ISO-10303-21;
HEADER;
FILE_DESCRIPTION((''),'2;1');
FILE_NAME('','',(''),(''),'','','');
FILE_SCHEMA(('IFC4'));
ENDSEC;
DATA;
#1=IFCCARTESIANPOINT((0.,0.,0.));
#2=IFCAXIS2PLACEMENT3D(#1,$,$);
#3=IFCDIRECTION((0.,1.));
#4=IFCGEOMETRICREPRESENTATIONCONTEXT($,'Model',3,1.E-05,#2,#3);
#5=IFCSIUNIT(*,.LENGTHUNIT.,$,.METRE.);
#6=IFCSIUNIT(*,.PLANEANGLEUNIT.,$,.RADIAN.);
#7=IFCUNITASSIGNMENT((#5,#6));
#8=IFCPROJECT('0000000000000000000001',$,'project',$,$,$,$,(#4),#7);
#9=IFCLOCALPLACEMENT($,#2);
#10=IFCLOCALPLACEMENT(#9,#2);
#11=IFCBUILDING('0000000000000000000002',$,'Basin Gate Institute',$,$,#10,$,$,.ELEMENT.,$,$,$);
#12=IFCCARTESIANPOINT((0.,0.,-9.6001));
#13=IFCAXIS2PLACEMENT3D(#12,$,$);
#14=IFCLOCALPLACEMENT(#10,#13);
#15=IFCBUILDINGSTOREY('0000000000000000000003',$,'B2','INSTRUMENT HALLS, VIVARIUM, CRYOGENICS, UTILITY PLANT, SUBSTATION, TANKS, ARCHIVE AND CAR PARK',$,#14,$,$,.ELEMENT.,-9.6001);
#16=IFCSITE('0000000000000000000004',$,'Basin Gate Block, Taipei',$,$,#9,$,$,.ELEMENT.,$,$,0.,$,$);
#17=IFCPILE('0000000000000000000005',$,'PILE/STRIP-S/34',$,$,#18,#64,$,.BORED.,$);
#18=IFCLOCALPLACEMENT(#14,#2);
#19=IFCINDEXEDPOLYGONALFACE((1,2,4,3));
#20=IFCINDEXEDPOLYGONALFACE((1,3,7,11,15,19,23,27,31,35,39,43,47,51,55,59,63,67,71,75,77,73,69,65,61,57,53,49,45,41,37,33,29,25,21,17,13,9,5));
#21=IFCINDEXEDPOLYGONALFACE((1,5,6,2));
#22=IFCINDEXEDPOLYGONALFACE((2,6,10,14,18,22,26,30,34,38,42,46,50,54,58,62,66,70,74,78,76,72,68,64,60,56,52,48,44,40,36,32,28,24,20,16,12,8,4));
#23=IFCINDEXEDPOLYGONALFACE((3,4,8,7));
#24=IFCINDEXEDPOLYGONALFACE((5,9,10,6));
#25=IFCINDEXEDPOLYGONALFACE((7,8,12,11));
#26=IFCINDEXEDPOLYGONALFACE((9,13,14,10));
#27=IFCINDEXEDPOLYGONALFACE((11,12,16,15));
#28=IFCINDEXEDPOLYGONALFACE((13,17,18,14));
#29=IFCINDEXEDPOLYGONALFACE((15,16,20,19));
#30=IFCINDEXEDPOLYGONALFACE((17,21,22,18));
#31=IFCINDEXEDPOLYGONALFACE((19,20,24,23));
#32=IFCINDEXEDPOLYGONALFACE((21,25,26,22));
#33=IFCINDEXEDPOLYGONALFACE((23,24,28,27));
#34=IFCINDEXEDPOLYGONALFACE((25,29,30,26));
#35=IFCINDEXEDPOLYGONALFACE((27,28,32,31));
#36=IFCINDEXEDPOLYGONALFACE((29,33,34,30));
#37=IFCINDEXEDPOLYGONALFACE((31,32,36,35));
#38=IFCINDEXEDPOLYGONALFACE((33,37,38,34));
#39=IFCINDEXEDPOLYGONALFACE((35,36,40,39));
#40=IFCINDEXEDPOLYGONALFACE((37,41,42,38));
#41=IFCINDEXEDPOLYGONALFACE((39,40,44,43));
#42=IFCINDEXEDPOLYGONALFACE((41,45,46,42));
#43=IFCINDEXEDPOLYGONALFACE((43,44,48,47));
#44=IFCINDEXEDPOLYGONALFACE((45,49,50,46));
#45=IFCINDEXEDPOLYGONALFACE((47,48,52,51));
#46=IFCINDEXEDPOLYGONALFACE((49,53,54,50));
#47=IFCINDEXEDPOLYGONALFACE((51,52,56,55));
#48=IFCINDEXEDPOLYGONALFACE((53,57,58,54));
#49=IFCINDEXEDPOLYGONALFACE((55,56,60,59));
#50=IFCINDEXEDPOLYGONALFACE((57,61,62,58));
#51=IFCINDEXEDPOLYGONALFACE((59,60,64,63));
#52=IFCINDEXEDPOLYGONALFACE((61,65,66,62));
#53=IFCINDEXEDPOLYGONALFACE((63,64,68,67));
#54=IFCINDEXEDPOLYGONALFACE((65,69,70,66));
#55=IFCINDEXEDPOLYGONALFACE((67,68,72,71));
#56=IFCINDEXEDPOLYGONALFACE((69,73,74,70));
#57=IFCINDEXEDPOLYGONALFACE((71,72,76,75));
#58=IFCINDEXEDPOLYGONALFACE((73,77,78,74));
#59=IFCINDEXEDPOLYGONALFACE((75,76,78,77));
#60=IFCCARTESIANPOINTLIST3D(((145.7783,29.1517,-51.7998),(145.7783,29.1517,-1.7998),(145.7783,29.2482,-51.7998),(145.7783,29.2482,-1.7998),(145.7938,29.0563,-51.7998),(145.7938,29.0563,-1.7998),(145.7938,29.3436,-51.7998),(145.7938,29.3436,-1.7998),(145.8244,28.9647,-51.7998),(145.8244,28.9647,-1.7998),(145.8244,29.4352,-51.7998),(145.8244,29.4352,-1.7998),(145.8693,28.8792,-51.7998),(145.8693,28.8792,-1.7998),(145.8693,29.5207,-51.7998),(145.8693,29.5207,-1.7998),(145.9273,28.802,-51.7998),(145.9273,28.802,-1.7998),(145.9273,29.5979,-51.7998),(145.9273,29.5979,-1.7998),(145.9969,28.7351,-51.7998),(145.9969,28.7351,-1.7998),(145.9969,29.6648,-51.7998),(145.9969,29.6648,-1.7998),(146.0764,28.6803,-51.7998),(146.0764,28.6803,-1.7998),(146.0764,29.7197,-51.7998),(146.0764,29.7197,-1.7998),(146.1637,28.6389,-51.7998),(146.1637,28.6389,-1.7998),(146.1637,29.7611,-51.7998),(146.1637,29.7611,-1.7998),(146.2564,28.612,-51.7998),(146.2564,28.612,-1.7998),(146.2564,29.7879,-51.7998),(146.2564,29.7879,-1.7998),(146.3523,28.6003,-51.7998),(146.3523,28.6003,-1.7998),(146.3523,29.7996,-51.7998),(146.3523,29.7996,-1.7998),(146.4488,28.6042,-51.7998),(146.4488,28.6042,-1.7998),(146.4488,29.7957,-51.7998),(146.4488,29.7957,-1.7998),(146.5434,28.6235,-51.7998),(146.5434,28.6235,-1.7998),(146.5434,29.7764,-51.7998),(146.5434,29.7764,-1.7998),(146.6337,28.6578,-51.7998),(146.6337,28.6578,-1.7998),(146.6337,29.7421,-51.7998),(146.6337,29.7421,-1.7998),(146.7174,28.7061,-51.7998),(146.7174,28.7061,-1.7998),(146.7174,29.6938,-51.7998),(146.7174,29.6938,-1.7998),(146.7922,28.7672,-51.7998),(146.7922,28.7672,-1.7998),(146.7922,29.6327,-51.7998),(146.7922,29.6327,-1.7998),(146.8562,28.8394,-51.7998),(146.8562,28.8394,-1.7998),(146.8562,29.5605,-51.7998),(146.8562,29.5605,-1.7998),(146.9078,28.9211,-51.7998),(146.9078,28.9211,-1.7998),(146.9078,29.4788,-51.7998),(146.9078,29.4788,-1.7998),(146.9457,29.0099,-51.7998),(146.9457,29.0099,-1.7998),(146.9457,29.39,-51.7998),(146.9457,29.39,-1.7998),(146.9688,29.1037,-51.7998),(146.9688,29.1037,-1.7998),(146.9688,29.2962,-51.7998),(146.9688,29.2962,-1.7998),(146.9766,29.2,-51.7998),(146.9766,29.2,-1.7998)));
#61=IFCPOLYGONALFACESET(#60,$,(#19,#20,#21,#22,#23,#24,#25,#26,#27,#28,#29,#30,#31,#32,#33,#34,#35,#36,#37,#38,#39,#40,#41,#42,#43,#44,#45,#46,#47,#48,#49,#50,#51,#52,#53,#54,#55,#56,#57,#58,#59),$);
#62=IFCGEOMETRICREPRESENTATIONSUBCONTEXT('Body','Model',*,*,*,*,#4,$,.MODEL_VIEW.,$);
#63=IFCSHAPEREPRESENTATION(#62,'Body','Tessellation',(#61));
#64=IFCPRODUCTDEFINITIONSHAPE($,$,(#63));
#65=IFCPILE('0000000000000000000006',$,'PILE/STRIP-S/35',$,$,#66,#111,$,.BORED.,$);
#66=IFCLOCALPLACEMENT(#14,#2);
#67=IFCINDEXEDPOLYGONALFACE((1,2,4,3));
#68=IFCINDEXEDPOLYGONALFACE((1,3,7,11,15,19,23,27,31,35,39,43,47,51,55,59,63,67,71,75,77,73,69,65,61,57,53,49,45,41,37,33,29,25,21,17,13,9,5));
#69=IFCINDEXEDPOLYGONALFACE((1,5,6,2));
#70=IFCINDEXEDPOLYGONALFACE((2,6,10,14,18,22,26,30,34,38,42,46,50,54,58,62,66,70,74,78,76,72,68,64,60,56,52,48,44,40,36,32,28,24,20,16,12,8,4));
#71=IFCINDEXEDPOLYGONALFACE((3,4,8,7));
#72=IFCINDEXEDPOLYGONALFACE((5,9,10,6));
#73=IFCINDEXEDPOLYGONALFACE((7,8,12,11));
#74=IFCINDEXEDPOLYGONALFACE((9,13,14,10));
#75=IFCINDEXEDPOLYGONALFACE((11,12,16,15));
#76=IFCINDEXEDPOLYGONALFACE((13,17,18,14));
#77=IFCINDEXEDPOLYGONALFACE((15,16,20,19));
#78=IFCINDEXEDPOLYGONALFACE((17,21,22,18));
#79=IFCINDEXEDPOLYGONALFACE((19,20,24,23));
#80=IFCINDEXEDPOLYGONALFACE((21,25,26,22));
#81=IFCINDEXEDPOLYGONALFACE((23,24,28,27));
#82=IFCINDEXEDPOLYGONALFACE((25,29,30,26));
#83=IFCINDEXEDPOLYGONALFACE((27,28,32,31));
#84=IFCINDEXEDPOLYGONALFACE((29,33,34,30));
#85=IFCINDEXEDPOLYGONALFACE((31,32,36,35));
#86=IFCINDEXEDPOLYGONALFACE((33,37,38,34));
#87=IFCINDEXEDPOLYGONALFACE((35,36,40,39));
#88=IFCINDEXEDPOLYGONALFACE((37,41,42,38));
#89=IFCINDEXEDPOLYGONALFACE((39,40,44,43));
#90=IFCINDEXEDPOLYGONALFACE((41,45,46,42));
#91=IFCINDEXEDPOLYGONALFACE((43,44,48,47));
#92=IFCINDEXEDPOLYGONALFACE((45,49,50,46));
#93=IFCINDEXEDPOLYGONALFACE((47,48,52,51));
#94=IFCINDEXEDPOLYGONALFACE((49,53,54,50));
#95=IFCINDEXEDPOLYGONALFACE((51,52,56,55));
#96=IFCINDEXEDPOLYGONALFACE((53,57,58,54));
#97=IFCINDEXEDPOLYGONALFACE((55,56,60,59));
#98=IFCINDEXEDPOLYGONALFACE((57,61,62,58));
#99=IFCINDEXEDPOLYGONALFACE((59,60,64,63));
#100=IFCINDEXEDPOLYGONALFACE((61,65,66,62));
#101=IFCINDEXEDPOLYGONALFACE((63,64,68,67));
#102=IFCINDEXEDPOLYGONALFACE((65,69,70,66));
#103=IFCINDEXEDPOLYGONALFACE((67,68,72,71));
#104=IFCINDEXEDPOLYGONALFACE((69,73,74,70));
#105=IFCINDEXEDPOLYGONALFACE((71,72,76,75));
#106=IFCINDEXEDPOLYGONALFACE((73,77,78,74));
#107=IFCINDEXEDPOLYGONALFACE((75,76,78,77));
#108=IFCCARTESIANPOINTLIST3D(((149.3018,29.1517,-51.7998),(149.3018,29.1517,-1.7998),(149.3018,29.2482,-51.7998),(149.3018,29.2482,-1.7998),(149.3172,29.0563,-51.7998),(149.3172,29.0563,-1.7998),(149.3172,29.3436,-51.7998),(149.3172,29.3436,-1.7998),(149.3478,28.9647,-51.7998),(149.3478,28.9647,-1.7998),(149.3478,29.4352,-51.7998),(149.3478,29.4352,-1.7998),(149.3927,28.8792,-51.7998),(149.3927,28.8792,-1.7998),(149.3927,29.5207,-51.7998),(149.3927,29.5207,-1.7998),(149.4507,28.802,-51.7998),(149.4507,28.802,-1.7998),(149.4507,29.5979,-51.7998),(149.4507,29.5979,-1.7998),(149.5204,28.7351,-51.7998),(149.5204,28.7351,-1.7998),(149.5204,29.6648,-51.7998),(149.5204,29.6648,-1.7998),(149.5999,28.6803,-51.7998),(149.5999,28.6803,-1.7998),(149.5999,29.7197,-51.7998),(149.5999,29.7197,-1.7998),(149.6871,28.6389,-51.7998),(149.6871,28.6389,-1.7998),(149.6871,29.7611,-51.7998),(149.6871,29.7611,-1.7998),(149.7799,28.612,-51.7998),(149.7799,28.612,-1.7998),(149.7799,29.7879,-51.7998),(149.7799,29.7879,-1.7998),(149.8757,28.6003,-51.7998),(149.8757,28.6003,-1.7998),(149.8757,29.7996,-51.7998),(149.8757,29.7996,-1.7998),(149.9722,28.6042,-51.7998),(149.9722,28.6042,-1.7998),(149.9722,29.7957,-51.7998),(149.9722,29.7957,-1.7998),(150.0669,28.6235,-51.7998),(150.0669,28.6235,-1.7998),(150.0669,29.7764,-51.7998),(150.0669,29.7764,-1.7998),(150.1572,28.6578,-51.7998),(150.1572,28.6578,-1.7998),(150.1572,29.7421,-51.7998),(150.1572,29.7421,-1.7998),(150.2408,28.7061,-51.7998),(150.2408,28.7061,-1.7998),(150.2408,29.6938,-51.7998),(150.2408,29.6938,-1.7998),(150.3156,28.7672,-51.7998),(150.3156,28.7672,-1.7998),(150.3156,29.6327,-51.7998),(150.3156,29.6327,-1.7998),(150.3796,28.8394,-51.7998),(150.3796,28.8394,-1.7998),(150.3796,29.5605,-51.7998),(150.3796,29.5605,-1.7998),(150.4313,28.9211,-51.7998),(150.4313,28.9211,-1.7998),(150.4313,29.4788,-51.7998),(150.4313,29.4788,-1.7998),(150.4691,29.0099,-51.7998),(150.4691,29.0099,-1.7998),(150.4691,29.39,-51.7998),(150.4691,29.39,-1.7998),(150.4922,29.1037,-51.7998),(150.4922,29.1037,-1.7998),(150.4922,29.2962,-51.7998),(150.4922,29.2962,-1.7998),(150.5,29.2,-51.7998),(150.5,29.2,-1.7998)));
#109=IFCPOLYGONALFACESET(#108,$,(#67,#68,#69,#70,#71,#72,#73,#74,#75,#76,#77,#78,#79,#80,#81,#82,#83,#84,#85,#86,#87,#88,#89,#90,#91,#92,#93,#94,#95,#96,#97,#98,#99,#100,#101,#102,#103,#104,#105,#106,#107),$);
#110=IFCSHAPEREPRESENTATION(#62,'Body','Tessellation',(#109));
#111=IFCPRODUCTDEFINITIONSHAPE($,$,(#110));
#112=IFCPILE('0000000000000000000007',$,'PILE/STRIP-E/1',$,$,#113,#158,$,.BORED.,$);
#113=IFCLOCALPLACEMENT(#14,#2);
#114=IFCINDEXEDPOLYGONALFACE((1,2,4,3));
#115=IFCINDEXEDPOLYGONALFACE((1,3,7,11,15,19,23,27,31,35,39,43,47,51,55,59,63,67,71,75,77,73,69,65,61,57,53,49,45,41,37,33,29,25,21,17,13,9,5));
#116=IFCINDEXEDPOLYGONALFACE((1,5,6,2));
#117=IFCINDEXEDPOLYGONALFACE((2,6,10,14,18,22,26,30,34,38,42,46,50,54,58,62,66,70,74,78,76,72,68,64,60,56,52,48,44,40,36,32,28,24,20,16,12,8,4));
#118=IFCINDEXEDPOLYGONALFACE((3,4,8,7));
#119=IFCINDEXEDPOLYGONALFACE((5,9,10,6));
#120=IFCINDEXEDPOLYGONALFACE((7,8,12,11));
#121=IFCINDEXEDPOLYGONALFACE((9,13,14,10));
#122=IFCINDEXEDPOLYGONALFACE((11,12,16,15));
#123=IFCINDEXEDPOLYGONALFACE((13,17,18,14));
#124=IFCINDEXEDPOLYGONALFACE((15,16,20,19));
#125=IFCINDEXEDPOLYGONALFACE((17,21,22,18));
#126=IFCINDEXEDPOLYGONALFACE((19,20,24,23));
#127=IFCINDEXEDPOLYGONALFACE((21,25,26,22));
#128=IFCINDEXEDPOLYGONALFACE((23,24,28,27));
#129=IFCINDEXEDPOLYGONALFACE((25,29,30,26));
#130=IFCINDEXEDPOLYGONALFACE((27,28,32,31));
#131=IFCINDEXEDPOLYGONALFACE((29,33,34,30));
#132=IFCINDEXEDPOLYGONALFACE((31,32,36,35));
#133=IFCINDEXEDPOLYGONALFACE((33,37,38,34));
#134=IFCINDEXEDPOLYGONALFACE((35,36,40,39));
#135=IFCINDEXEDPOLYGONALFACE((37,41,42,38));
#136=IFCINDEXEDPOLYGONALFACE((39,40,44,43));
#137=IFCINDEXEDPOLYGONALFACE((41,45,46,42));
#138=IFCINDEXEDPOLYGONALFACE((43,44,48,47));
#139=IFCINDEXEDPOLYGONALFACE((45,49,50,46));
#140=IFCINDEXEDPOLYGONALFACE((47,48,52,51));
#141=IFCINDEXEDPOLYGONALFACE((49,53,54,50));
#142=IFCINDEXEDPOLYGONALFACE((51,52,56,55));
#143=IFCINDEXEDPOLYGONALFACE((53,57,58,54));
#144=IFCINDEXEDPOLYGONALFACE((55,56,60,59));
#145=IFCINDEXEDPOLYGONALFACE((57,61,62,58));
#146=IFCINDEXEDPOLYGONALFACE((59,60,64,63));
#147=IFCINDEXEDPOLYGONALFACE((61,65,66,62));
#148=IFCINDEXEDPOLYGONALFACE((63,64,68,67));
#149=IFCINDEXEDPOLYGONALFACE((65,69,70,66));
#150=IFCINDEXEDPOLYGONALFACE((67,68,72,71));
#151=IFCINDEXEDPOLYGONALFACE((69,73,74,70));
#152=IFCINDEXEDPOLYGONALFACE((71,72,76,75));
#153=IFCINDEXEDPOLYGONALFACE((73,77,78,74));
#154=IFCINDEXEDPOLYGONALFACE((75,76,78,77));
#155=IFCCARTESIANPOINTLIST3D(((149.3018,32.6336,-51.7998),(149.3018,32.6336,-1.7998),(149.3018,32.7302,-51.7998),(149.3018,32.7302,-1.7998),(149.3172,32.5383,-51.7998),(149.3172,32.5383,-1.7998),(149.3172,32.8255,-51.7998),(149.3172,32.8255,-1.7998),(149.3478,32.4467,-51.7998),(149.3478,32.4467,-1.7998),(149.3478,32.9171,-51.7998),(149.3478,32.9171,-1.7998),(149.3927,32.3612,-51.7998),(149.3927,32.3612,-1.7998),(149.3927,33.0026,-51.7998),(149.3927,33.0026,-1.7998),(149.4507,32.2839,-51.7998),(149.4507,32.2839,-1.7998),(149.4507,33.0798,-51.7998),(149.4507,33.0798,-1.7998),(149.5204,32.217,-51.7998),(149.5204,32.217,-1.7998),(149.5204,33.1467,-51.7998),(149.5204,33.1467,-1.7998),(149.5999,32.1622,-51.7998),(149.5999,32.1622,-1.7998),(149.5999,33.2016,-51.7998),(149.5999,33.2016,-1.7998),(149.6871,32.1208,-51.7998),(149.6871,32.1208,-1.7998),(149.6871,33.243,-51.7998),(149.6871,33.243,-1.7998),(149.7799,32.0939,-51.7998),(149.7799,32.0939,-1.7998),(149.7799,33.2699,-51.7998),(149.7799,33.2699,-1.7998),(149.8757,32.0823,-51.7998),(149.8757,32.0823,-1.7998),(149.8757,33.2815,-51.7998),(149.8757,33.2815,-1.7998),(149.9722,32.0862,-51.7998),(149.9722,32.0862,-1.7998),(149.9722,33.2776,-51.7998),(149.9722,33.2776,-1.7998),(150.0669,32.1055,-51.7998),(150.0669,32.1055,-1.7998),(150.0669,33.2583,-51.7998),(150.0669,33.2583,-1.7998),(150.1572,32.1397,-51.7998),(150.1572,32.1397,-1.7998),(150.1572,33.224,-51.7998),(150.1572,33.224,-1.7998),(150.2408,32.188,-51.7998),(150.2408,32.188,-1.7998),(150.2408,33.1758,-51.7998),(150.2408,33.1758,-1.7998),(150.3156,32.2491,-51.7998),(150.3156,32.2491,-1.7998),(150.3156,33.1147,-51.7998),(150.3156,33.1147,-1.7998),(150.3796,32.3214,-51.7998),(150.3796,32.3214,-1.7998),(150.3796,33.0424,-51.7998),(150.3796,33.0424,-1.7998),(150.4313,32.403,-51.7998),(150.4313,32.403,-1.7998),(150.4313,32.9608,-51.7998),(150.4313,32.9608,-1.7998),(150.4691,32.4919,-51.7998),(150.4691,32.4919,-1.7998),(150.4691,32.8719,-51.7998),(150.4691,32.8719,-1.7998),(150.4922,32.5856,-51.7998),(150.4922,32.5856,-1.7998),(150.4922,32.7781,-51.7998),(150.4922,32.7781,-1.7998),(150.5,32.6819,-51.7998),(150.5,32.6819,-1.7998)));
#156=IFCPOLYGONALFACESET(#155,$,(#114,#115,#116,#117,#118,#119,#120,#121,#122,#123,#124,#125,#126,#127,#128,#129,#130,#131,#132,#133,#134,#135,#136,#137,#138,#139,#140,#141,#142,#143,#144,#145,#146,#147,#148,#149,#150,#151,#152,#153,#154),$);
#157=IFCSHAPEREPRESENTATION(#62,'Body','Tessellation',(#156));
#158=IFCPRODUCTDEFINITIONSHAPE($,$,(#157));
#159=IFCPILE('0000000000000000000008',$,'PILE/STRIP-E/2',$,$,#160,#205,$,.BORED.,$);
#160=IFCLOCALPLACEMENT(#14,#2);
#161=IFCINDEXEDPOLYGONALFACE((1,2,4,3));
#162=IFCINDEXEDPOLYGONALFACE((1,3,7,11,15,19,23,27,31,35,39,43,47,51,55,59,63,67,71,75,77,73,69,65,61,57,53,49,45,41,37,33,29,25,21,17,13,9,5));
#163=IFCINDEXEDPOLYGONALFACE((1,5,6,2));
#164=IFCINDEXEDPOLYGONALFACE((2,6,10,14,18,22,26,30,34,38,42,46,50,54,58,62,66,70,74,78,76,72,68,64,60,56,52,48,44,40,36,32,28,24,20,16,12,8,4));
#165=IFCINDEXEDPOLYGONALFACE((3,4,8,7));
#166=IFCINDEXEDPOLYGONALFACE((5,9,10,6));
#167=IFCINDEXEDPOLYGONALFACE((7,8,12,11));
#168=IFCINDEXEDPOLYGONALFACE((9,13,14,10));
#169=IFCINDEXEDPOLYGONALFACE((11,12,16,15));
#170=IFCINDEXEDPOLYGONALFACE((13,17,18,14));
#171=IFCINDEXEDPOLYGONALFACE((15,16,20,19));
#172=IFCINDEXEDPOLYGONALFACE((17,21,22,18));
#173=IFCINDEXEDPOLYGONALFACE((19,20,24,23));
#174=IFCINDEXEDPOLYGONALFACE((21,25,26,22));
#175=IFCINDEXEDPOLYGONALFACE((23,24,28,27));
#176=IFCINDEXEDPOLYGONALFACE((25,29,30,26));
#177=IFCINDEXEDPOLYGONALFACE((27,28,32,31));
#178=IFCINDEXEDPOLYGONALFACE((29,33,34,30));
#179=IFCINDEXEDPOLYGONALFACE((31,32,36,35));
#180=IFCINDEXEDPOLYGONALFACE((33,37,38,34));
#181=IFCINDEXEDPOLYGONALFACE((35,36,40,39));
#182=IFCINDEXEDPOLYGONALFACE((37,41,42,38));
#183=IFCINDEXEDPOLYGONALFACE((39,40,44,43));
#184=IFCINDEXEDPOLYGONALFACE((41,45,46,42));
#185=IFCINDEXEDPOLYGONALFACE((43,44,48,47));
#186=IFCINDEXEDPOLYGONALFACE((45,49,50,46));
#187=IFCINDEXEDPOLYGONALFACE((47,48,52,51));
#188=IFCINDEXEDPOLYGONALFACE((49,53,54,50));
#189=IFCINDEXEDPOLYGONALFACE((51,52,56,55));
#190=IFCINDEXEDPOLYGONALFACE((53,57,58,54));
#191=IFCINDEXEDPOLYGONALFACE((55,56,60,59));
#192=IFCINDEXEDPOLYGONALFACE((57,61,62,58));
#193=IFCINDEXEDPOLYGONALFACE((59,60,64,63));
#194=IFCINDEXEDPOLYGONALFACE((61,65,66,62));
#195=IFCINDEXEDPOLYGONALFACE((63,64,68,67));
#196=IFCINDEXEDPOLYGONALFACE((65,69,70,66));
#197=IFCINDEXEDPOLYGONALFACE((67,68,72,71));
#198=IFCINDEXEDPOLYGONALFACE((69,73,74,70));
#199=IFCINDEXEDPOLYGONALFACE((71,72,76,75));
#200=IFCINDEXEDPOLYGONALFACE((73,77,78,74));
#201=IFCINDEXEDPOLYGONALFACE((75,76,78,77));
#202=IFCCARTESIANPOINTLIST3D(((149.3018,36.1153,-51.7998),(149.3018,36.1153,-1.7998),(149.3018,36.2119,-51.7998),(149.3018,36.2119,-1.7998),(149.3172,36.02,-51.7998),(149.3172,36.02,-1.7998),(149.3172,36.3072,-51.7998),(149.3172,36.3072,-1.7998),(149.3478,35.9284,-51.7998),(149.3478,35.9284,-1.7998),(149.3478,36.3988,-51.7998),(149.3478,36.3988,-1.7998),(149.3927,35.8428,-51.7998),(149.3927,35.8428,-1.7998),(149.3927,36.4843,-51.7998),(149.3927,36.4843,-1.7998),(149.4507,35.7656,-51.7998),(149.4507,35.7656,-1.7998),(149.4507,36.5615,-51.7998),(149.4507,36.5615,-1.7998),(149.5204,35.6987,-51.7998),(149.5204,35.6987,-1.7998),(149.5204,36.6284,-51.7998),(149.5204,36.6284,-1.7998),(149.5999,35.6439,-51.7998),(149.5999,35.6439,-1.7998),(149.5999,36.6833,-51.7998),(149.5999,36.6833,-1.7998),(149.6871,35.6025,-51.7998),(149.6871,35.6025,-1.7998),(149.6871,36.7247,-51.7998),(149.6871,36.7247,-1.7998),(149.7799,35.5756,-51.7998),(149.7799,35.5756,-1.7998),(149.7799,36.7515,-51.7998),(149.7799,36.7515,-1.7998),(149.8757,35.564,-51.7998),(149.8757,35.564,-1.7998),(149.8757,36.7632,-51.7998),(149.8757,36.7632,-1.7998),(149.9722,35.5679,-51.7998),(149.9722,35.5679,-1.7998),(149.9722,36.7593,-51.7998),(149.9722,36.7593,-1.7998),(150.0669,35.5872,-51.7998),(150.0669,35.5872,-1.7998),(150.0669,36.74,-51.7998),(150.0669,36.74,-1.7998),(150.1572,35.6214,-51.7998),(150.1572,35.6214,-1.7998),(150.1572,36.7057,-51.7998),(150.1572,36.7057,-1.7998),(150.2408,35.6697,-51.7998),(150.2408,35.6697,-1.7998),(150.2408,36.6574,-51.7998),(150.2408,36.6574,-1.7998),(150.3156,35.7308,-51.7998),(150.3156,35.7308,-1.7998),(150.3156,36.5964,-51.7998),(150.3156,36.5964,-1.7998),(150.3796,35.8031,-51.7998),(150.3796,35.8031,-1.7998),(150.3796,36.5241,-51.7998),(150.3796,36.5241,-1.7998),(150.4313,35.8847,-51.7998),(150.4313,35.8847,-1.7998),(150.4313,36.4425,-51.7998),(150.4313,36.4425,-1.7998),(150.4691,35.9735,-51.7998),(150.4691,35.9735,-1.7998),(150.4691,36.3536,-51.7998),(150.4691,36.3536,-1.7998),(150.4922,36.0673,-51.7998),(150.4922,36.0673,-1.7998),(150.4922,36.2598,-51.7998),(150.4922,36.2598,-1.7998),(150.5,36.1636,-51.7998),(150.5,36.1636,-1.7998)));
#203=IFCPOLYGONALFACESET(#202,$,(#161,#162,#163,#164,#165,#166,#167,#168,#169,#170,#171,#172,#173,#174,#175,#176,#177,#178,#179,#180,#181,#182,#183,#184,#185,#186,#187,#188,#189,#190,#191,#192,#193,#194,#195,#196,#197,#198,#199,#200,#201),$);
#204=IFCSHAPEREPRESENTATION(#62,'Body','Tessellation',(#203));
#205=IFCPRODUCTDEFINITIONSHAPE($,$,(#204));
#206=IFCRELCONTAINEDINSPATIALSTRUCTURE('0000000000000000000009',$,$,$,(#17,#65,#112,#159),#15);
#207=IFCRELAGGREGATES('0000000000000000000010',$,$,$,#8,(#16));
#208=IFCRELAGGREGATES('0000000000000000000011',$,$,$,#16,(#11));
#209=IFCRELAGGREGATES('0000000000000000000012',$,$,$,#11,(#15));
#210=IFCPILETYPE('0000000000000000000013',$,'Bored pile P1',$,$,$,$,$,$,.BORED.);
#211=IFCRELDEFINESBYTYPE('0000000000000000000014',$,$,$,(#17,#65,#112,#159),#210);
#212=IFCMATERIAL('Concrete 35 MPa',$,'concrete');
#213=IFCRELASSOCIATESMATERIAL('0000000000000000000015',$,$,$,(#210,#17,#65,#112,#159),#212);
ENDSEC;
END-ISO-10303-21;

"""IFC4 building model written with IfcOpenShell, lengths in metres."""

from ifc_helpers import new_model, si_unit, direction, frame, origin, origin_2d, place, context, subcontext, project, spatial, circle, extrude, material, material_profile, profile_set, type_object, element, save


model = new_model("IFC4")

# Units and contexts
model_context = context("Model", 3, precision=1e-05, world=origin(), true_north=direction((0.0, 1.0)))
body_context = subcontext(model_context, "Body", "Model", "MODEL_VIEW")
ifc_project = project(units=[si_unit("LENGTHUNIT", "METRE"), si_unit("PLANEANGLEUNIT", "RADIAN")], contexts=[model_context])

# Site, building, storey
site_placement = place(None, origin())
site = spatial("IfcSite", under=ifc_project, at=site_placement, Name="Basin Gate Block, Taipei", CompositionType="ELEMENT", RefElevation=0.0)
building_placement = place(site_placement, origin())
building = spatial("IfcBuilding", under=site, at=building_placement, Name="Basin Gate Institute", CompositionType="ELEMENT")
storey_placement = place(building_placement, frame((0.0, 0.0, -9.6001)))
storey = spatial("IfcBuildingStorey", under=building, at=storey_placement, Name="B2", Description="INSTRUMENT HALLS, VIVARIUM, CRYOGENICS, UTILITY PLANT, SUBSTATION, TANKS, ARCHIVE AND CAR PARK", CompositionType="ELEMENT", Elevation=-9.6001)

# Piles
ifc_material_1 = material(Name="Concrete 35 MPa", Category="concrete")
ifc_material_profile_1 = material_profile(ifc_material_1, circle(Radius=0.6001, at=origin_2d()), Name="Bored pile P1 1200 dia")
ifc_profile_set_1 = profile_set([ifc_material_profile_1], Name="Concrete 35 MPa")
pile_type = type_object("IfcPileType", Name="Bored pile P1", PredefinedType="BORED", material=ifc_profile_set_1)
for number, where, z_axis, x_axis, name in (
    (1, (146.3765, 29.2, -1.7998), (0.0, 0.0, -1.0), (1.0, 0.0, 0.0), "PILE/STRIP-S/34"),
    (2, (149.8999, 29.2, -1.7998), (0.0, 0.0, -1.0), (1.0, 0.0, 0.0), "PILE/STRIP-S/35"),
    (3, (149.8999, 32.6819, -1.7998), (0.0, 0.0, -1.0), (1.0, 0.0, 0.0), "PILE/STRIP-E/1"),
    (4, (149.8999, 36.1636, -1.7998), (0.0, 0.0, -1.0), (1.0, 0.0, 0.0), "PILE/STRIP-E/2"),
):
    element("IfcPile", number, at=place(storey_placement, frame(where, z_axis=z_axis, x_axis=x_axis)), inside=storey, type_object=pile_type, material=ifc_profile_set_1, Name=name, PredefinedType="BORED", context=body_context, shape_type="SweptSolid", body=[
        extrude(circle(Radius=0.6001, at=origin_2d()), origin(), (0.0, 0.0, 1.0), 50.0),
    ])

save(model, "model.ifc")
